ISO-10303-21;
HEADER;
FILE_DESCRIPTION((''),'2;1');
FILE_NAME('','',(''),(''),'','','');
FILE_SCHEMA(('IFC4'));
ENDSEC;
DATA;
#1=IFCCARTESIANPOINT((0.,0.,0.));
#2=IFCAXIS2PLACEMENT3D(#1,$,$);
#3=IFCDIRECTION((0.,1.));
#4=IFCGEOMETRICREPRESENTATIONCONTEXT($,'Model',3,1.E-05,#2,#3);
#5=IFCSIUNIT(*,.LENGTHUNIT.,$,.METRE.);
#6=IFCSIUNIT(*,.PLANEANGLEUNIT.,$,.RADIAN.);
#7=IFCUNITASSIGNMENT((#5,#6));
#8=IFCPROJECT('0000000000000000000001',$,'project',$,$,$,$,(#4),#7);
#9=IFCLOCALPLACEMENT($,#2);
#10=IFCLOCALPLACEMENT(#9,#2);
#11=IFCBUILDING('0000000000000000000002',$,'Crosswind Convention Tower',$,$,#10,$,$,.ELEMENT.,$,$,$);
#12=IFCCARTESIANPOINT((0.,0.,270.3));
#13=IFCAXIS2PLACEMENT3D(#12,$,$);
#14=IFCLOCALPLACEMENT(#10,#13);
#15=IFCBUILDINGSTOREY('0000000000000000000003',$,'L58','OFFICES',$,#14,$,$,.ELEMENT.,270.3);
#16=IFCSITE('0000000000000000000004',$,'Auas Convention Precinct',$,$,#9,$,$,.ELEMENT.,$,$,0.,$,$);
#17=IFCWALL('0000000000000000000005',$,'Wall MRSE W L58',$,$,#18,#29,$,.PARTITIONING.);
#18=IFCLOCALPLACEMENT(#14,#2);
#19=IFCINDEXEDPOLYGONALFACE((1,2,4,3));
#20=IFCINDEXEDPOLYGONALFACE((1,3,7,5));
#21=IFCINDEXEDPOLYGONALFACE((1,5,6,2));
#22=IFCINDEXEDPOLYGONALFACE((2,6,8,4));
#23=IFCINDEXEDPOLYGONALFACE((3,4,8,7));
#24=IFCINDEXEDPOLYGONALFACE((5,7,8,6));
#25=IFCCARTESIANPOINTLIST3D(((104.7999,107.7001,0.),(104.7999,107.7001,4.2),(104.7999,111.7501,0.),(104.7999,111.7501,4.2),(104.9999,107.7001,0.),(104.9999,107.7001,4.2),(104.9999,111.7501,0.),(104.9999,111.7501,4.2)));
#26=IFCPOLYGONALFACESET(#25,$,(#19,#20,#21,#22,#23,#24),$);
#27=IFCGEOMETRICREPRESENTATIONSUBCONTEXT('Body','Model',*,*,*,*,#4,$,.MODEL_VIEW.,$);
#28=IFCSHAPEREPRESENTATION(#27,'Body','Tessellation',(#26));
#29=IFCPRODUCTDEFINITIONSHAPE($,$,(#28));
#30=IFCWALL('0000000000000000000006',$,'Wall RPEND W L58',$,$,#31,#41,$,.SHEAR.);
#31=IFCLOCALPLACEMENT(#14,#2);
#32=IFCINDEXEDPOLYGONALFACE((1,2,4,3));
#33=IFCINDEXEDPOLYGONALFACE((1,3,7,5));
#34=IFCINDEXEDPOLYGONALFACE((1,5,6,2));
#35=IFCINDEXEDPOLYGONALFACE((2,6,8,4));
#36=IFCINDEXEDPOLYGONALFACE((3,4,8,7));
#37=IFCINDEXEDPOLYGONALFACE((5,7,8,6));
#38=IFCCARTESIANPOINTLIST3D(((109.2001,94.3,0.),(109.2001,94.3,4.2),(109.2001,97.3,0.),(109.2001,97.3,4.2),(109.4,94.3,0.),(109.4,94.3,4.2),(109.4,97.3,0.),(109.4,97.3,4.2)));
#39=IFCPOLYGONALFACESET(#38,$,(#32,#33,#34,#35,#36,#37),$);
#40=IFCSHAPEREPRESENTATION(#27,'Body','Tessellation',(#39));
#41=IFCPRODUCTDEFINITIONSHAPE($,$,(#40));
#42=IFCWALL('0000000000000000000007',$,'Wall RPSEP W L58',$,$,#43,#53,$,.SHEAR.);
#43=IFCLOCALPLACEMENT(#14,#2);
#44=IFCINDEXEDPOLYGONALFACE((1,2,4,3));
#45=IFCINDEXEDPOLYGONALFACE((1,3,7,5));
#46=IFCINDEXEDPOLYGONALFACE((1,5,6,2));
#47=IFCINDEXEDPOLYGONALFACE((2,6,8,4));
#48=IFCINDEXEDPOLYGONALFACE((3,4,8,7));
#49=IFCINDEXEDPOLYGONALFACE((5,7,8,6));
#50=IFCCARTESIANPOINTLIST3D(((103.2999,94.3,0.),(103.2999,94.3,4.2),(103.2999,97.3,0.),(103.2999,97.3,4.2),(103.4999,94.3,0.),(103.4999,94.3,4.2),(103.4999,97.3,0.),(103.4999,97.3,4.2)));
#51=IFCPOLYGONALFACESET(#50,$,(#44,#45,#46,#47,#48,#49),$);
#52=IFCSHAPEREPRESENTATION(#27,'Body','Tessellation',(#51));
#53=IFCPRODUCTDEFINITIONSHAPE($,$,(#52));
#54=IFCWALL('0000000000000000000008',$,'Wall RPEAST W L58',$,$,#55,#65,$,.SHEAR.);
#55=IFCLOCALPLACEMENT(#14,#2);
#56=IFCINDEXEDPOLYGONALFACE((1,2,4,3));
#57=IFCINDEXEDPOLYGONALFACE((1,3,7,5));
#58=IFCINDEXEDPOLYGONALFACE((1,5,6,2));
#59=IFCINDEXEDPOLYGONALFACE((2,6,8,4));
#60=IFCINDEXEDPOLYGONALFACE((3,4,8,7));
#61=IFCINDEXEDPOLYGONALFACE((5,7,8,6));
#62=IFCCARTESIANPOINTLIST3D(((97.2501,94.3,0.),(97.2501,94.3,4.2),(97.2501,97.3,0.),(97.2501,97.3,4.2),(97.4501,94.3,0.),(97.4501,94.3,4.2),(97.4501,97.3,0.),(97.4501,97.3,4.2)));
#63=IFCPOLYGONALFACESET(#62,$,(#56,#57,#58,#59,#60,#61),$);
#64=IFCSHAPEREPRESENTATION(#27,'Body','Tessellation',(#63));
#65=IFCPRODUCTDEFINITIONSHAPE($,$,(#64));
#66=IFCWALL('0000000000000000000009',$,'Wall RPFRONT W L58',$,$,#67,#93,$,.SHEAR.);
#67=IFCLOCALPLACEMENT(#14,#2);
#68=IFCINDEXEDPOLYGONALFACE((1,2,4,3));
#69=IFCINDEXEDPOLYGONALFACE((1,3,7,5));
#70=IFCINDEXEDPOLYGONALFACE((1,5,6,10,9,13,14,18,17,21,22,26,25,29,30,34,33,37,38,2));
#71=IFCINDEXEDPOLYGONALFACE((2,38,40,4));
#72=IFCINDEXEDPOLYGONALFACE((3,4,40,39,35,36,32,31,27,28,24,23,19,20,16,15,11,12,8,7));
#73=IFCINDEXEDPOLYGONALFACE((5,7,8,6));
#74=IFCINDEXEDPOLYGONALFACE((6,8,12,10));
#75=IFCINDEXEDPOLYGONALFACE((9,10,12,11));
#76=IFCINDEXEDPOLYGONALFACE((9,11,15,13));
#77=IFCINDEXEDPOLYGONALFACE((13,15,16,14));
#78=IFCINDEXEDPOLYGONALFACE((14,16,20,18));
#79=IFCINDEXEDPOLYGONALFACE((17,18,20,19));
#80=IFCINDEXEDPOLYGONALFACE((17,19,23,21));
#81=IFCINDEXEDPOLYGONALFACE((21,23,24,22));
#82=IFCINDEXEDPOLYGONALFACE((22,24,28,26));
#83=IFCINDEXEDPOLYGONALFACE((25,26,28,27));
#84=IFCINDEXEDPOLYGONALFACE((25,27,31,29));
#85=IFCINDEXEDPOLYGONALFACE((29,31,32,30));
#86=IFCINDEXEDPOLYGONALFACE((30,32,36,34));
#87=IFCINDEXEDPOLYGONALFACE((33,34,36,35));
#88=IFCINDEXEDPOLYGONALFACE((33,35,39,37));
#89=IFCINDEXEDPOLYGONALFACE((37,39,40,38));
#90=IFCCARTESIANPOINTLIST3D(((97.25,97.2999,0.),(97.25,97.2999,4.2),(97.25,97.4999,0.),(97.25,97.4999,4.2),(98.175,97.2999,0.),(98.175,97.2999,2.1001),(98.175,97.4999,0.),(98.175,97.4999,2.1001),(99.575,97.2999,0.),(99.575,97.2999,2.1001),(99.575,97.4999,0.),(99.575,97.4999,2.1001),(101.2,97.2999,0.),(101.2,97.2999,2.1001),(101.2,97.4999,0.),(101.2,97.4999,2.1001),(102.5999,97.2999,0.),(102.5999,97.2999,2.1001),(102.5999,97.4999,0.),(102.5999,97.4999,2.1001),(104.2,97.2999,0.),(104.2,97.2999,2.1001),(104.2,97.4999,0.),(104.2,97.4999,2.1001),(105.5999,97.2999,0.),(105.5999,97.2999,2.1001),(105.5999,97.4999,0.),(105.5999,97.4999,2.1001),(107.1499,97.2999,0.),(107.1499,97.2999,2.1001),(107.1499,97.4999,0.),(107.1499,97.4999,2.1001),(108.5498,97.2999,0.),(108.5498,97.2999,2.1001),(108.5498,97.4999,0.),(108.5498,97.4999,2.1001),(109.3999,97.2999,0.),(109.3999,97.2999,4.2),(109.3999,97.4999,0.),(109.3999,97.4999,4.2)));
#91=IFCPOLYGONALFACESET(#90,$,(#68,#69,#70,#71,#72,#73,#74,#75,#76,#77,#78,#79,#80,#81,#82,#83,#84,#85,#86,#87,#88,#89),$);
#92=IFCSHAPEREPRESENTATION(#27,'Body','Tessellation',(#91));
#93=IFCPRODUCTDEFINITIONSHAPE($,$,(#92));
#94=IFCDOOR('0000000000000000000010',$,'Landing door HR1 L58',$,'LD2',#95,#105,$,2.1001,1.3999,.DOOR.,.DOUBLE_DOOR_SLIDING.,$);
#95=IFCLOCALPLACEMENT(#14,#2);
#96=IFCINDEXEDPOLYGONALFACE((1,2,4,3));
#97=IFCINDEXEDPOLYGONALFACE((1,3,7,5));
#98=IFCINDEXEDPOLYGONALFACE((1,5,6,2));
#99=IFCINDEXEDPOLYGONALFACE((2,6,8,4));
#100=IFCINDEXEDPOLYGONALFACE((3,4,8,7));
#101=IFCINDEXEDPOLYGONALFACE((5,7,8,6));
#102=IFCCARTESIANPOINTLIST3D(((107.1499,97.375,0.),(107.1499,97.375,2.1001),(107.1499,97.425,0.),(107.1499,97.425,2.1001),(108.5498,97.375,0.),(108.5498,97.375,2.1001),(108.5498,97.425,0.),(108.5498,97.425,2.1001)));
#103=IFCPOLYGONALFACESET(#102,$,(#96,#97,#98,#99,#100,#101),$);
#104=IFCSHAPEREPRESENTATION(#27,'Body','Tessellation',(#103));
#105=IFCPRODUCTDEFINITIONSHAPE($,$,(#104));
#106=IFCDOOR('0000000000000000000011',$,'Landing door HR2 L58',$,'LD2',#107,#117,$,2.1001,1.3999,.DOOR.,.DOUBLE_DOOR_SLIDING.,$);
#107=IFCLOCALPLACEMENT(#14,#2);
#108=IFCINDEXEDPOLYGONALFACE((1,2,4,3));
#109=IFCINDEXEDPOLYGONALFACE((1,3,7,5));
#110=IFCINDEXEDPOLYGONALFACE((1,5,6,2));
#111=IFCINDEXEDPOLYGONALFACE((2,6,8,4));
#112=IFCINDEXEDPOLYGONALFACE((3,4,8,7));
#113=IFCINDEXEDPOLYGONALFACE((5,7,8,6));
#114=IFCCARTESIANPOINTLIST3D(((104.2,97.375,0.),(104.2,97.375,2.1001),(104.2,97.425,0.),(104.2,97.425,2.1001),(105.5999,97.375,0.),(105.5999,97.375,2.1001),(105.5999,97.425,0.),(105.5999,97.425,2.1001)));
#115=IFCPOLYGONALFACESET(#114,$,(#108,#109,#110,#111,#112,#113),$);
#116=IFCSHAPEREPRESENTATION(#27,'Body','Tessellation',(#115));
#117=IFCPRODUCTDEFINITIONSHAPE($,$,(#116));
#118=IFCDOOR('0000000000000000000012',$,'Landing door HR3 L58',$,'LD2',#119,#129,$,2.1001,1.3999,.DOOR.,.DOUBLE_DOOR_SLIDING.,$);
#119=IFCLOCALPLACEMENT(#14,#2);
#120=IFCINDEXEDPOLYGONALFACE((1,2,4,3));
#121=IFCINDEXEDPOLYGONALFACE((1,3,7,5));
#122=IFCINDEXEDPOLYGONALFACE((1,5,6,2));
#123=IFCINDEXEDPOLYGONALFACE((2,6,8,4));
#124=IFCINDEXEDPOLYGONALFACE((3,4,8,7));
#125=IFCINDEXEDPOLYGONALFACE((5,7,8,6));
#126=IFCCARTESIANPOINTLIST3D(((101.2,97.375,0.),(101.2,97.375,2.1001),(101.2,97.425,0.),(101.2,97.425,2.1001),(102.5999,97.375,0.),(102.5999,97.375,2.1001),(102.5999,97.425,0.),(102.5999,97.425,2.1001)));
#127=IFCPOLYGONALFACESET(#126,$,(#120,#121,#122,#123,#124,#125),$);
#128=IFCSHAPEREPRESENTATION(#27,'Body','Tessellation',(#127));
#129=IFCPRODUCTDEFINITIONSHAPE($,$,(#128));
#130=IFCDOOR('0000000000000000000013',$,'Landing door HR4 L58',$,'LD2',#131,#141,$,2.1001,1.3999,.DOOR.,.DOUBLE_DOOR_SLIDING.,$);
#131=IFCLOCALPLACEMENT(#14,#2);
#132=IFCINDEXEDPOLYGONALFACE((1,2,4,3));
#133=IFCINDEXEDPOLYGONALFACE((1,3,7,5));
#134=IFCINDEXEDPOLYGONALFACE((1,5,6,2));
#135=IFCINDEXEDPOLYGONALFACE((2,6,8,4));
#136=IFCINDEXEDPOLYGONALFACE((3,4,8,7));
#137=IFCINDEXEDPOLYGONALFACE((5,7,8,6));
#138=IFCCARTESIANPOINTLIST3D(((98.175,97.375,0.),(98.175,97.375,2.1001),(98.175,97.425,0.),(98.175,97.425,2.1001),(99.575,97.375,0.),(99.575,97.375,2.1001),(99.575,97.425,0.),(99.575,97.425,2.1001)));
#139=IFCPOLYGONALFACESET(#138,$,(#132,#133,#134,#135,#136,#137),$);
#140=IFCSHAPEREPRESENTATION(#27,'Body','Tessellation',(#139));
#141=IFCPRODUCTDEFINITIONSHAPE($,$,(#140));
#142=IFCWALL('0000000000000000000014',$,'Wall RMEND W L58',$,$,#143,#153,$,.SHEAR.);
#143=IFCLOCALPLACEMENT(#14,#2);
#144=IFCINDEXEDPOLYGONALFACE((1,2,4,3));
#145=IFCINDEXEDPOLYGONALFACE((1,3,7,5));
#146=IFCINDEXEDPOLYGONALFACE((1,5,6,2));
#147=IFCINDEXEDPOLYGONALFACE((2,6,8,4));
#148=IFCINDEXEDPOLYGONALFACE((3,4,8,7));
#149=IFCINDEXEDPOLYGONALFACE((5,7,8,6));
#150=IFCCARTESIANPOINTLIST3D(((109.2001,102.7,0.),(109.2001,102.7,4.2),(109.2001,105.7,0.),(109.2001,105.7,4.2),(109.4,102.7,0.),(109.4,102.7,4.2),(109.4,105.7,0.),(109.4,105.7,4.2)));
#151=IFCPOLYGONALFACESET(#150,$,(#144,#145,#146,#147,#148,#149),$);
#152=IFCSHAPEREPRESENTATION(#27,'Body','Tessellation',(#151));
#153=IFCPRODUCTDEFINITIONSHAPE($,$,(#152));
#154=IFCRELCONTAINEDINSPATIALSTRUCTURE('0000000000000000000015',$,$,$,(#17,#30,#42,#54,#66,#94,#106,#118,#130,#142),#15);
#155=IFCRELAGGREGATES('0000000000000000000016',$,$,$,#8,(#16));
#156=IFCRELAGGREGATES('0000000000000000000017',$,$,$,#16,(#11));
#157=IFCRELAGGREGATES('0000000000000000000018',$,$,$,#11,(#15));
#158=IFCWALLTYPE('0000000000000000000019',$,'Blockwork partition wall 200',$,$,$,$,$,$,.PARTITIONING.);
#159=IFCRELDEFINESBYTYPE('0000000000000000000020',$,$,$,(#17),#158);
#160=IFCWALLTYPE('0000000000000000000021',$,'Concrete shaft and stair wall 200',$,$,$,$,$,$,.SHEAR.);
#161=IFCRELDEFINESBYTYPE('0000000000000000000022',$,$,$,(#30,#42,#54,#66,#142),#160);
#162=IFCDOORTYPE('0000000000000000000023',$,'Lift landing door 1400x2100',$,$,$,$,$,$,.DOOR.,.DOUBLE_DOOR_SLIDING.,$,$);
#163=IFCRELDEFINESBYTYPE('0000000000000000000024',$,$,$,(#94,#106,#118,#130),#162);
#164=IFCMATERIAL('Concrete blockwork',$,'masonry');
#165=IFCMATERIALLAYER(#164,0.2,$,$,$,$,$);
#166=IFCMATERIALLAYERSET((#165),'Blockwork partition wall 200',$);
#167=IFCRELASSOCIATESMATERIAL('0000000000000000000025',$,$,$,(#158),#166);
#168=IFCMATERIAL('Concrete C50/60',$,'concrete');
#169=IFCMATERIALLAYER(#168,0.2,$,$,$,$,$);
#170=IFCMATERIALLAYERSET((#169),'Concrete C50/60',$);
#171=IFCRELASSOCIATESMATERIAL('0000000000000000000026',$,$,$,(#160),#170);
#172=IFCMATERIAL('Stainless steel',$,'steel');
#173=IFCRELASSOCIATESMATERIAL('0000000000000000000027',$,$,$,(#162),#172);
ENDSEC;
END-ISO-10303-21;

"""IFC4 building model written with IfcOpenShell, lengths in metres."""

from ifc_helpers import new_model, si_unit, direction, frame, frame_2d, origin, place, context, subcontext, project, spatial, rectangle, extrude, material, layer, layer_set, type_object, element, fill, save


model = new_model("IFC4")

# Units and contexts
model_context = context("Model", 3, precision=1e-05, world=origin(), true_north=direction((0.0, 1.0)))
body_context = subcontext(model_context, "Body", "Model", "MODEL_VIEW")
ifc_project = project(units=[si_unit("LENGTHUNIT", "METRE"), si_unit("PLANEANGLEUNIT", "RADIAN")], contexts=[model_context])

# Site, building, storey
site_placement = place(None, origin())
site = spatial("IfcSite", under=ifc_project, at=site_placement, Name="Auas Convention Precinct", CompositionType="ELEMENT", RefElevation=0.0)
building_placement = place(site_placement, origin())
building = spatial("IfcBuilding", under=site, at=building_placement, Name="Crosswind Convention Tower", CompositionType="ELEMENT")
storey_placement = place(building_placement, frame((0.0, 0.0, 270.3)))
storey = spatial("IfcBuildingStorey", under=building, at=storey_placement, Name="L58", Description="OFFICES", CompositionType="ELEMENT", Elevation=270.3)

# Walls
ifc_material_1 = material(Name="Concrete blockwork", Category="masonry")
ifc_layer_1 = layer(ifc_material_1, 0.2)
ifc_layer_set_1 = layer_set([ifc_layer_1], Name="Blockwork partition wall 200")
wall_type_1 = type_object("IfcWallType", Name="Blockwork partition wall 200", PredefinedType="PARTITIONING", material=ifc_layer_set_1)
wall_1_placement = place(storey_placement, frame((104.8999, 111.75, 0.0), z_axis=(0.0, 0.0, 1.0), x_axis=(0.0, -1.0, 0.0)))
element("IfcWall", 1, at=wall_1_placement, inside=storey, type_object=wall_type_1, Name="Wall MRSE W L58", PredefinedType="PARTITIONING", context=body_context, shape_type="SweptSolid", body=[
    extrude(rectangle(XDim=4.05, YDim=0.2, at=frame_2d((2.0249, 0.0))), origin(), (0.0, 0.0, 1.0), 4.2),
])
ifc_material_2 = material(Name="Concrete C50/60", Category="concrete")
ifc_layer_2 = layer(ifc_material_2, 0.2)
ifc_layer_set_2 = layer_set([ifc_layer_2], Name="Concrete C50/60")
wall_type_2 = type_object("IfcWallType", Name="Concrete shaft and stair wall 200", PredefinedType="SHEAR", material=ifc_layer_set_2)
for number, where, z_axis, x_axis, name in (
    (2, (109.3, 97.3, 0.0), (0.0, 0.0, 1.0), (0.0, -1.0, 0.0), "Wall RPEND W L58"),
    (3, (103.3999, 97.3, 0.0), (0.0, 0.0, 1.0), (0.0, -1.0, 0.0), "Wall RPSEP W L58"),
    (4, (97.3501, 97.3, 0.0), (0.0, 0.0, 1.0), (0.0, -1.0, 0.0), "Wall RPEAST W L58"),
):
    element("IfcWall", number, at=place(storey_placement, frame(where, z_axis=z_axis, x_axis=x_axis)), inside=storey, type_object=wall_type_2, Name=name, PredefinedType="SHEAR", context=body_context, shape_type="SweptSolid", body=[
        extrude(rectangle(XDim=3.0, YDim=0.2, at=frame_2d((1.5, 0.0))), origin(), (0.0, 0.0, 1.0), 4.2),
    ])

# Wall, openings, doors
wall_2_placement = place(storey_placement, frame((109.3999, 97.3999, 0.0), z_axis=(0.0, 0.0, 1.0), x_axis=(-1.0, 0.0, 0.0)))
wall_2 = element("IfcWall", 5, at=wall_2_placement, inside=storey, type_object=wall_type_2, Name="Wall RPFRONT W L58", PredefinedType="SHEAR", context=body_context, shape_type="SweptSolid", body=[
    extrude(rectangle(XDim=12.1499, YDim=0.2, at=frame_2d((6.075, 0.0))), origin(), (0.0, 0.0, 1.0), 4.2),
])
opening_1_placement = place(wall_2_placement, frame((0.8501, 0.0, 0.0)))
opening_1 = element("IfcOpeningElement", 6, at=opening_1_placement, cuts=wall_2, PredefinedType="OPENING", context=body_context, shape_type="SweptSolid", body=[
    extrude(rectangle(XDim=1.3999, YDim=2.1001, at=frame_2d((0.7, 1.05))), frame((0.0, 0.1099, 0.0), z_axis=(0.0, -1.0, 0.0), x_axis=(1.0, 0.0, 0.0)), (0.0, 0.0, 1.0), 0.22),
])
opening_2_placement = place(wall_2_placement, frame((3.8, 0.0, 0.0)))
opening_2 = element("IfcOpeningElement", 7, at=opening_2_placement, cuts=wall_2, PredefinedType="OPENING", context=body_context, shape_type="SweptSolid", body=[
    extrude(rectangle(XDim=1.3999, YDim=2.1001, at=frame_2d((0.7, 1.05))), frame((0.0, 0.1099, 0.0), z_axis=(0.0, -1.0, 0.0), x_axis=(1.0, 0.0, 0.0)), (0.0, 0.0, 1.0), 0.22),
])
opening_3_placement = place(wall_2_placement, frame((6.8, 0.0, 0.0)))
opening_3 = element("IfcOpeningElement", 8, at=opening_3_placement, cuts=wall_2, PredefinedType="OPENING", context=body_context, shape_type="SweptSolid", body=[
    extrude(rectangle(XDim=1.3999, YDim=2.1001, at=frame_2d((0.7, 1.05))), frame((0.0, 0.1099, 0.0), z_axis=(0.0, -1.0, 0.0), x_axis=(1.0, 0.0, 0.0)), (0.0, 0.0, 1.0), 0.22),
])
opening_4_placement = place(wall_2_placement, frame((9.825, 0.0, 0.0)))
opening_4 = element("IfcOpeningElement", 9, at=opening_4_placement, cuts=wall_2, PredefinedType="OPENING", context=body_context, shape_type="SweptSolid", body=[
    extrude(rectangle(XDim=1.3999, YDim=2.1001, at=frame_2d((0.7, 1.05))), frame((0.0, 0.1099, 0.0), z_axis=(0.0, -1.0, 0.0), x_axis=(1.0, 0.0, 0.0)), (0.0, 0.0, 1.0), 0.22),
])
ifc_material_3 = material(Name="Stainless steel", Category="steel")
door_type_1 = type_object("IfcDoorType", Name="Lift landing door 1400x2100", OperationType="DOUBLE_DOOR_SLIDING", PredefinedType="DOOR", material=ifc_material_3)
door_1_placement = place(opening_1_placement, origin())
door_1 = element("IfcDoor", 10, at=door_1_placement, inside=storey, type_object=door_type_1, Name="Landing door HR1 L58", ObjectType="LD2", OperationType="DOUBLE_DOOR_SLIDING", OverallHeight=2.1001, OverallWidth=1.3999, PredefinedType="DOOR", context=body_context, shape_type="SweptSolid", body=[
    extrude(rectangle(XDim=1.3999, YDim=2.1001, at=frame_2d((0.7, 1.05))), frame((0.0, 0.0249, 0.0), z_axis=(0.0, -1.0, 0.0), x_axis=(1.0, 0.0, 0.0)), (0.0, 0.0, 1.0), 0.05),
])
fill(opening_1, door_1)
door_2_placement = place(opening_2_placement, origin())
door_2 = element("IfcDoor", 11, at=door_2_placement, inside=storey, type_object=door_type_1, Name="Landing door HR2 L58", ObjectType="LD2", OperationType="DOUBLE_DOOR_SLIDING", OverallHeight=2.1001, OverallWidth=1.3999, PredefinedType="DOOR", context=body_context, shape_type="SweptSolid", body=[
    extrude(rectangle(XDim=1.3999, YDim=2.1001, at=frame_2d((0.7, 1.05))), frame((0.0, 0.0249, 0.0), z_axis=(0.0, -1.0, 0.0), x_axis=(1.0, 0.0, 0.0)), (0.0, 0.0, 1.0), 0.05),
])
fill(opening_2, door_2)
door_3_placement = place(opening_3_placement, origin())
door_3 = element("IfcDoor", 12, at=door_3_placement, inside=storey, type_object=door_type_1, Name="Landing door HR3 L58", ObjectType="LD2", OperationType="DOUBLE_DOOR_SLIDING", OverallHeight=2.1001, OverallWidth=1.3999, PredefinedType="DOOR", context=body_context, shape_type="SweptSolid", body=[
    extrude(rectangle(XDim=1.3999, YDim=2.1001, at=frame_2d((0.7, 1.05))), frame((0.0, 0.0249, 0.0), z_axis=(0.0, -1.0, 0.0), x_axis=(1.0, 0.0, 0.0)), (0.0, 0.0, 1.0), 0.05),
])
fill(opening_3, door_3)
door_4_placement = place(opening_4_placement, origin())
door_4 = element("IfcDoor", 13, at=door_4_placement, inside=storey, type_object=door_type_1, Name="Landing door HR4 L58", ObjectType="LD2", OperationType="DOUBLE_DOOR_SLIDING", OverallHeight=2.1001, OverallWidth=1.3999, PredefinedType="DOOR", context=body_context, shape_type="SweptSolid", body=[
    extrude(rectangle(XDim=1.3999, YDim=2.1001, at=frame_2d((0.7, 1.05))), frame((0.0, 0.0249, 0.0), z_axis=(0.0, -1.0, 0.0), x_axis=(1.0, 0.0, 0.0)), (0.0, 0.0, 1.0), 0.05),
])
fill(opening_4, door_4)

# Wall
wall_3_placement = place(storey_placement, frame((109.3, 105.7, 0.0), z_axis=(0.0, 0.0, 1.0), x_axis=(0.0, -1.0, 0.0)))
element("IfcWall", 14, at=wall_3_placement, inside=storey, type_object=wall_type_2, Name="Wall RMEND W L58", PredefinedType="SHEAR", context=body_context, shape_type="SweptSolid", body=[
    extrude(rectangle(XDim=3.0, YDim=0.2, at=frame_2d((1.5, 0.0))), origin(), (0.0, 0.0, 1.0), 4.2),
])

save(model, "model.ifc")
